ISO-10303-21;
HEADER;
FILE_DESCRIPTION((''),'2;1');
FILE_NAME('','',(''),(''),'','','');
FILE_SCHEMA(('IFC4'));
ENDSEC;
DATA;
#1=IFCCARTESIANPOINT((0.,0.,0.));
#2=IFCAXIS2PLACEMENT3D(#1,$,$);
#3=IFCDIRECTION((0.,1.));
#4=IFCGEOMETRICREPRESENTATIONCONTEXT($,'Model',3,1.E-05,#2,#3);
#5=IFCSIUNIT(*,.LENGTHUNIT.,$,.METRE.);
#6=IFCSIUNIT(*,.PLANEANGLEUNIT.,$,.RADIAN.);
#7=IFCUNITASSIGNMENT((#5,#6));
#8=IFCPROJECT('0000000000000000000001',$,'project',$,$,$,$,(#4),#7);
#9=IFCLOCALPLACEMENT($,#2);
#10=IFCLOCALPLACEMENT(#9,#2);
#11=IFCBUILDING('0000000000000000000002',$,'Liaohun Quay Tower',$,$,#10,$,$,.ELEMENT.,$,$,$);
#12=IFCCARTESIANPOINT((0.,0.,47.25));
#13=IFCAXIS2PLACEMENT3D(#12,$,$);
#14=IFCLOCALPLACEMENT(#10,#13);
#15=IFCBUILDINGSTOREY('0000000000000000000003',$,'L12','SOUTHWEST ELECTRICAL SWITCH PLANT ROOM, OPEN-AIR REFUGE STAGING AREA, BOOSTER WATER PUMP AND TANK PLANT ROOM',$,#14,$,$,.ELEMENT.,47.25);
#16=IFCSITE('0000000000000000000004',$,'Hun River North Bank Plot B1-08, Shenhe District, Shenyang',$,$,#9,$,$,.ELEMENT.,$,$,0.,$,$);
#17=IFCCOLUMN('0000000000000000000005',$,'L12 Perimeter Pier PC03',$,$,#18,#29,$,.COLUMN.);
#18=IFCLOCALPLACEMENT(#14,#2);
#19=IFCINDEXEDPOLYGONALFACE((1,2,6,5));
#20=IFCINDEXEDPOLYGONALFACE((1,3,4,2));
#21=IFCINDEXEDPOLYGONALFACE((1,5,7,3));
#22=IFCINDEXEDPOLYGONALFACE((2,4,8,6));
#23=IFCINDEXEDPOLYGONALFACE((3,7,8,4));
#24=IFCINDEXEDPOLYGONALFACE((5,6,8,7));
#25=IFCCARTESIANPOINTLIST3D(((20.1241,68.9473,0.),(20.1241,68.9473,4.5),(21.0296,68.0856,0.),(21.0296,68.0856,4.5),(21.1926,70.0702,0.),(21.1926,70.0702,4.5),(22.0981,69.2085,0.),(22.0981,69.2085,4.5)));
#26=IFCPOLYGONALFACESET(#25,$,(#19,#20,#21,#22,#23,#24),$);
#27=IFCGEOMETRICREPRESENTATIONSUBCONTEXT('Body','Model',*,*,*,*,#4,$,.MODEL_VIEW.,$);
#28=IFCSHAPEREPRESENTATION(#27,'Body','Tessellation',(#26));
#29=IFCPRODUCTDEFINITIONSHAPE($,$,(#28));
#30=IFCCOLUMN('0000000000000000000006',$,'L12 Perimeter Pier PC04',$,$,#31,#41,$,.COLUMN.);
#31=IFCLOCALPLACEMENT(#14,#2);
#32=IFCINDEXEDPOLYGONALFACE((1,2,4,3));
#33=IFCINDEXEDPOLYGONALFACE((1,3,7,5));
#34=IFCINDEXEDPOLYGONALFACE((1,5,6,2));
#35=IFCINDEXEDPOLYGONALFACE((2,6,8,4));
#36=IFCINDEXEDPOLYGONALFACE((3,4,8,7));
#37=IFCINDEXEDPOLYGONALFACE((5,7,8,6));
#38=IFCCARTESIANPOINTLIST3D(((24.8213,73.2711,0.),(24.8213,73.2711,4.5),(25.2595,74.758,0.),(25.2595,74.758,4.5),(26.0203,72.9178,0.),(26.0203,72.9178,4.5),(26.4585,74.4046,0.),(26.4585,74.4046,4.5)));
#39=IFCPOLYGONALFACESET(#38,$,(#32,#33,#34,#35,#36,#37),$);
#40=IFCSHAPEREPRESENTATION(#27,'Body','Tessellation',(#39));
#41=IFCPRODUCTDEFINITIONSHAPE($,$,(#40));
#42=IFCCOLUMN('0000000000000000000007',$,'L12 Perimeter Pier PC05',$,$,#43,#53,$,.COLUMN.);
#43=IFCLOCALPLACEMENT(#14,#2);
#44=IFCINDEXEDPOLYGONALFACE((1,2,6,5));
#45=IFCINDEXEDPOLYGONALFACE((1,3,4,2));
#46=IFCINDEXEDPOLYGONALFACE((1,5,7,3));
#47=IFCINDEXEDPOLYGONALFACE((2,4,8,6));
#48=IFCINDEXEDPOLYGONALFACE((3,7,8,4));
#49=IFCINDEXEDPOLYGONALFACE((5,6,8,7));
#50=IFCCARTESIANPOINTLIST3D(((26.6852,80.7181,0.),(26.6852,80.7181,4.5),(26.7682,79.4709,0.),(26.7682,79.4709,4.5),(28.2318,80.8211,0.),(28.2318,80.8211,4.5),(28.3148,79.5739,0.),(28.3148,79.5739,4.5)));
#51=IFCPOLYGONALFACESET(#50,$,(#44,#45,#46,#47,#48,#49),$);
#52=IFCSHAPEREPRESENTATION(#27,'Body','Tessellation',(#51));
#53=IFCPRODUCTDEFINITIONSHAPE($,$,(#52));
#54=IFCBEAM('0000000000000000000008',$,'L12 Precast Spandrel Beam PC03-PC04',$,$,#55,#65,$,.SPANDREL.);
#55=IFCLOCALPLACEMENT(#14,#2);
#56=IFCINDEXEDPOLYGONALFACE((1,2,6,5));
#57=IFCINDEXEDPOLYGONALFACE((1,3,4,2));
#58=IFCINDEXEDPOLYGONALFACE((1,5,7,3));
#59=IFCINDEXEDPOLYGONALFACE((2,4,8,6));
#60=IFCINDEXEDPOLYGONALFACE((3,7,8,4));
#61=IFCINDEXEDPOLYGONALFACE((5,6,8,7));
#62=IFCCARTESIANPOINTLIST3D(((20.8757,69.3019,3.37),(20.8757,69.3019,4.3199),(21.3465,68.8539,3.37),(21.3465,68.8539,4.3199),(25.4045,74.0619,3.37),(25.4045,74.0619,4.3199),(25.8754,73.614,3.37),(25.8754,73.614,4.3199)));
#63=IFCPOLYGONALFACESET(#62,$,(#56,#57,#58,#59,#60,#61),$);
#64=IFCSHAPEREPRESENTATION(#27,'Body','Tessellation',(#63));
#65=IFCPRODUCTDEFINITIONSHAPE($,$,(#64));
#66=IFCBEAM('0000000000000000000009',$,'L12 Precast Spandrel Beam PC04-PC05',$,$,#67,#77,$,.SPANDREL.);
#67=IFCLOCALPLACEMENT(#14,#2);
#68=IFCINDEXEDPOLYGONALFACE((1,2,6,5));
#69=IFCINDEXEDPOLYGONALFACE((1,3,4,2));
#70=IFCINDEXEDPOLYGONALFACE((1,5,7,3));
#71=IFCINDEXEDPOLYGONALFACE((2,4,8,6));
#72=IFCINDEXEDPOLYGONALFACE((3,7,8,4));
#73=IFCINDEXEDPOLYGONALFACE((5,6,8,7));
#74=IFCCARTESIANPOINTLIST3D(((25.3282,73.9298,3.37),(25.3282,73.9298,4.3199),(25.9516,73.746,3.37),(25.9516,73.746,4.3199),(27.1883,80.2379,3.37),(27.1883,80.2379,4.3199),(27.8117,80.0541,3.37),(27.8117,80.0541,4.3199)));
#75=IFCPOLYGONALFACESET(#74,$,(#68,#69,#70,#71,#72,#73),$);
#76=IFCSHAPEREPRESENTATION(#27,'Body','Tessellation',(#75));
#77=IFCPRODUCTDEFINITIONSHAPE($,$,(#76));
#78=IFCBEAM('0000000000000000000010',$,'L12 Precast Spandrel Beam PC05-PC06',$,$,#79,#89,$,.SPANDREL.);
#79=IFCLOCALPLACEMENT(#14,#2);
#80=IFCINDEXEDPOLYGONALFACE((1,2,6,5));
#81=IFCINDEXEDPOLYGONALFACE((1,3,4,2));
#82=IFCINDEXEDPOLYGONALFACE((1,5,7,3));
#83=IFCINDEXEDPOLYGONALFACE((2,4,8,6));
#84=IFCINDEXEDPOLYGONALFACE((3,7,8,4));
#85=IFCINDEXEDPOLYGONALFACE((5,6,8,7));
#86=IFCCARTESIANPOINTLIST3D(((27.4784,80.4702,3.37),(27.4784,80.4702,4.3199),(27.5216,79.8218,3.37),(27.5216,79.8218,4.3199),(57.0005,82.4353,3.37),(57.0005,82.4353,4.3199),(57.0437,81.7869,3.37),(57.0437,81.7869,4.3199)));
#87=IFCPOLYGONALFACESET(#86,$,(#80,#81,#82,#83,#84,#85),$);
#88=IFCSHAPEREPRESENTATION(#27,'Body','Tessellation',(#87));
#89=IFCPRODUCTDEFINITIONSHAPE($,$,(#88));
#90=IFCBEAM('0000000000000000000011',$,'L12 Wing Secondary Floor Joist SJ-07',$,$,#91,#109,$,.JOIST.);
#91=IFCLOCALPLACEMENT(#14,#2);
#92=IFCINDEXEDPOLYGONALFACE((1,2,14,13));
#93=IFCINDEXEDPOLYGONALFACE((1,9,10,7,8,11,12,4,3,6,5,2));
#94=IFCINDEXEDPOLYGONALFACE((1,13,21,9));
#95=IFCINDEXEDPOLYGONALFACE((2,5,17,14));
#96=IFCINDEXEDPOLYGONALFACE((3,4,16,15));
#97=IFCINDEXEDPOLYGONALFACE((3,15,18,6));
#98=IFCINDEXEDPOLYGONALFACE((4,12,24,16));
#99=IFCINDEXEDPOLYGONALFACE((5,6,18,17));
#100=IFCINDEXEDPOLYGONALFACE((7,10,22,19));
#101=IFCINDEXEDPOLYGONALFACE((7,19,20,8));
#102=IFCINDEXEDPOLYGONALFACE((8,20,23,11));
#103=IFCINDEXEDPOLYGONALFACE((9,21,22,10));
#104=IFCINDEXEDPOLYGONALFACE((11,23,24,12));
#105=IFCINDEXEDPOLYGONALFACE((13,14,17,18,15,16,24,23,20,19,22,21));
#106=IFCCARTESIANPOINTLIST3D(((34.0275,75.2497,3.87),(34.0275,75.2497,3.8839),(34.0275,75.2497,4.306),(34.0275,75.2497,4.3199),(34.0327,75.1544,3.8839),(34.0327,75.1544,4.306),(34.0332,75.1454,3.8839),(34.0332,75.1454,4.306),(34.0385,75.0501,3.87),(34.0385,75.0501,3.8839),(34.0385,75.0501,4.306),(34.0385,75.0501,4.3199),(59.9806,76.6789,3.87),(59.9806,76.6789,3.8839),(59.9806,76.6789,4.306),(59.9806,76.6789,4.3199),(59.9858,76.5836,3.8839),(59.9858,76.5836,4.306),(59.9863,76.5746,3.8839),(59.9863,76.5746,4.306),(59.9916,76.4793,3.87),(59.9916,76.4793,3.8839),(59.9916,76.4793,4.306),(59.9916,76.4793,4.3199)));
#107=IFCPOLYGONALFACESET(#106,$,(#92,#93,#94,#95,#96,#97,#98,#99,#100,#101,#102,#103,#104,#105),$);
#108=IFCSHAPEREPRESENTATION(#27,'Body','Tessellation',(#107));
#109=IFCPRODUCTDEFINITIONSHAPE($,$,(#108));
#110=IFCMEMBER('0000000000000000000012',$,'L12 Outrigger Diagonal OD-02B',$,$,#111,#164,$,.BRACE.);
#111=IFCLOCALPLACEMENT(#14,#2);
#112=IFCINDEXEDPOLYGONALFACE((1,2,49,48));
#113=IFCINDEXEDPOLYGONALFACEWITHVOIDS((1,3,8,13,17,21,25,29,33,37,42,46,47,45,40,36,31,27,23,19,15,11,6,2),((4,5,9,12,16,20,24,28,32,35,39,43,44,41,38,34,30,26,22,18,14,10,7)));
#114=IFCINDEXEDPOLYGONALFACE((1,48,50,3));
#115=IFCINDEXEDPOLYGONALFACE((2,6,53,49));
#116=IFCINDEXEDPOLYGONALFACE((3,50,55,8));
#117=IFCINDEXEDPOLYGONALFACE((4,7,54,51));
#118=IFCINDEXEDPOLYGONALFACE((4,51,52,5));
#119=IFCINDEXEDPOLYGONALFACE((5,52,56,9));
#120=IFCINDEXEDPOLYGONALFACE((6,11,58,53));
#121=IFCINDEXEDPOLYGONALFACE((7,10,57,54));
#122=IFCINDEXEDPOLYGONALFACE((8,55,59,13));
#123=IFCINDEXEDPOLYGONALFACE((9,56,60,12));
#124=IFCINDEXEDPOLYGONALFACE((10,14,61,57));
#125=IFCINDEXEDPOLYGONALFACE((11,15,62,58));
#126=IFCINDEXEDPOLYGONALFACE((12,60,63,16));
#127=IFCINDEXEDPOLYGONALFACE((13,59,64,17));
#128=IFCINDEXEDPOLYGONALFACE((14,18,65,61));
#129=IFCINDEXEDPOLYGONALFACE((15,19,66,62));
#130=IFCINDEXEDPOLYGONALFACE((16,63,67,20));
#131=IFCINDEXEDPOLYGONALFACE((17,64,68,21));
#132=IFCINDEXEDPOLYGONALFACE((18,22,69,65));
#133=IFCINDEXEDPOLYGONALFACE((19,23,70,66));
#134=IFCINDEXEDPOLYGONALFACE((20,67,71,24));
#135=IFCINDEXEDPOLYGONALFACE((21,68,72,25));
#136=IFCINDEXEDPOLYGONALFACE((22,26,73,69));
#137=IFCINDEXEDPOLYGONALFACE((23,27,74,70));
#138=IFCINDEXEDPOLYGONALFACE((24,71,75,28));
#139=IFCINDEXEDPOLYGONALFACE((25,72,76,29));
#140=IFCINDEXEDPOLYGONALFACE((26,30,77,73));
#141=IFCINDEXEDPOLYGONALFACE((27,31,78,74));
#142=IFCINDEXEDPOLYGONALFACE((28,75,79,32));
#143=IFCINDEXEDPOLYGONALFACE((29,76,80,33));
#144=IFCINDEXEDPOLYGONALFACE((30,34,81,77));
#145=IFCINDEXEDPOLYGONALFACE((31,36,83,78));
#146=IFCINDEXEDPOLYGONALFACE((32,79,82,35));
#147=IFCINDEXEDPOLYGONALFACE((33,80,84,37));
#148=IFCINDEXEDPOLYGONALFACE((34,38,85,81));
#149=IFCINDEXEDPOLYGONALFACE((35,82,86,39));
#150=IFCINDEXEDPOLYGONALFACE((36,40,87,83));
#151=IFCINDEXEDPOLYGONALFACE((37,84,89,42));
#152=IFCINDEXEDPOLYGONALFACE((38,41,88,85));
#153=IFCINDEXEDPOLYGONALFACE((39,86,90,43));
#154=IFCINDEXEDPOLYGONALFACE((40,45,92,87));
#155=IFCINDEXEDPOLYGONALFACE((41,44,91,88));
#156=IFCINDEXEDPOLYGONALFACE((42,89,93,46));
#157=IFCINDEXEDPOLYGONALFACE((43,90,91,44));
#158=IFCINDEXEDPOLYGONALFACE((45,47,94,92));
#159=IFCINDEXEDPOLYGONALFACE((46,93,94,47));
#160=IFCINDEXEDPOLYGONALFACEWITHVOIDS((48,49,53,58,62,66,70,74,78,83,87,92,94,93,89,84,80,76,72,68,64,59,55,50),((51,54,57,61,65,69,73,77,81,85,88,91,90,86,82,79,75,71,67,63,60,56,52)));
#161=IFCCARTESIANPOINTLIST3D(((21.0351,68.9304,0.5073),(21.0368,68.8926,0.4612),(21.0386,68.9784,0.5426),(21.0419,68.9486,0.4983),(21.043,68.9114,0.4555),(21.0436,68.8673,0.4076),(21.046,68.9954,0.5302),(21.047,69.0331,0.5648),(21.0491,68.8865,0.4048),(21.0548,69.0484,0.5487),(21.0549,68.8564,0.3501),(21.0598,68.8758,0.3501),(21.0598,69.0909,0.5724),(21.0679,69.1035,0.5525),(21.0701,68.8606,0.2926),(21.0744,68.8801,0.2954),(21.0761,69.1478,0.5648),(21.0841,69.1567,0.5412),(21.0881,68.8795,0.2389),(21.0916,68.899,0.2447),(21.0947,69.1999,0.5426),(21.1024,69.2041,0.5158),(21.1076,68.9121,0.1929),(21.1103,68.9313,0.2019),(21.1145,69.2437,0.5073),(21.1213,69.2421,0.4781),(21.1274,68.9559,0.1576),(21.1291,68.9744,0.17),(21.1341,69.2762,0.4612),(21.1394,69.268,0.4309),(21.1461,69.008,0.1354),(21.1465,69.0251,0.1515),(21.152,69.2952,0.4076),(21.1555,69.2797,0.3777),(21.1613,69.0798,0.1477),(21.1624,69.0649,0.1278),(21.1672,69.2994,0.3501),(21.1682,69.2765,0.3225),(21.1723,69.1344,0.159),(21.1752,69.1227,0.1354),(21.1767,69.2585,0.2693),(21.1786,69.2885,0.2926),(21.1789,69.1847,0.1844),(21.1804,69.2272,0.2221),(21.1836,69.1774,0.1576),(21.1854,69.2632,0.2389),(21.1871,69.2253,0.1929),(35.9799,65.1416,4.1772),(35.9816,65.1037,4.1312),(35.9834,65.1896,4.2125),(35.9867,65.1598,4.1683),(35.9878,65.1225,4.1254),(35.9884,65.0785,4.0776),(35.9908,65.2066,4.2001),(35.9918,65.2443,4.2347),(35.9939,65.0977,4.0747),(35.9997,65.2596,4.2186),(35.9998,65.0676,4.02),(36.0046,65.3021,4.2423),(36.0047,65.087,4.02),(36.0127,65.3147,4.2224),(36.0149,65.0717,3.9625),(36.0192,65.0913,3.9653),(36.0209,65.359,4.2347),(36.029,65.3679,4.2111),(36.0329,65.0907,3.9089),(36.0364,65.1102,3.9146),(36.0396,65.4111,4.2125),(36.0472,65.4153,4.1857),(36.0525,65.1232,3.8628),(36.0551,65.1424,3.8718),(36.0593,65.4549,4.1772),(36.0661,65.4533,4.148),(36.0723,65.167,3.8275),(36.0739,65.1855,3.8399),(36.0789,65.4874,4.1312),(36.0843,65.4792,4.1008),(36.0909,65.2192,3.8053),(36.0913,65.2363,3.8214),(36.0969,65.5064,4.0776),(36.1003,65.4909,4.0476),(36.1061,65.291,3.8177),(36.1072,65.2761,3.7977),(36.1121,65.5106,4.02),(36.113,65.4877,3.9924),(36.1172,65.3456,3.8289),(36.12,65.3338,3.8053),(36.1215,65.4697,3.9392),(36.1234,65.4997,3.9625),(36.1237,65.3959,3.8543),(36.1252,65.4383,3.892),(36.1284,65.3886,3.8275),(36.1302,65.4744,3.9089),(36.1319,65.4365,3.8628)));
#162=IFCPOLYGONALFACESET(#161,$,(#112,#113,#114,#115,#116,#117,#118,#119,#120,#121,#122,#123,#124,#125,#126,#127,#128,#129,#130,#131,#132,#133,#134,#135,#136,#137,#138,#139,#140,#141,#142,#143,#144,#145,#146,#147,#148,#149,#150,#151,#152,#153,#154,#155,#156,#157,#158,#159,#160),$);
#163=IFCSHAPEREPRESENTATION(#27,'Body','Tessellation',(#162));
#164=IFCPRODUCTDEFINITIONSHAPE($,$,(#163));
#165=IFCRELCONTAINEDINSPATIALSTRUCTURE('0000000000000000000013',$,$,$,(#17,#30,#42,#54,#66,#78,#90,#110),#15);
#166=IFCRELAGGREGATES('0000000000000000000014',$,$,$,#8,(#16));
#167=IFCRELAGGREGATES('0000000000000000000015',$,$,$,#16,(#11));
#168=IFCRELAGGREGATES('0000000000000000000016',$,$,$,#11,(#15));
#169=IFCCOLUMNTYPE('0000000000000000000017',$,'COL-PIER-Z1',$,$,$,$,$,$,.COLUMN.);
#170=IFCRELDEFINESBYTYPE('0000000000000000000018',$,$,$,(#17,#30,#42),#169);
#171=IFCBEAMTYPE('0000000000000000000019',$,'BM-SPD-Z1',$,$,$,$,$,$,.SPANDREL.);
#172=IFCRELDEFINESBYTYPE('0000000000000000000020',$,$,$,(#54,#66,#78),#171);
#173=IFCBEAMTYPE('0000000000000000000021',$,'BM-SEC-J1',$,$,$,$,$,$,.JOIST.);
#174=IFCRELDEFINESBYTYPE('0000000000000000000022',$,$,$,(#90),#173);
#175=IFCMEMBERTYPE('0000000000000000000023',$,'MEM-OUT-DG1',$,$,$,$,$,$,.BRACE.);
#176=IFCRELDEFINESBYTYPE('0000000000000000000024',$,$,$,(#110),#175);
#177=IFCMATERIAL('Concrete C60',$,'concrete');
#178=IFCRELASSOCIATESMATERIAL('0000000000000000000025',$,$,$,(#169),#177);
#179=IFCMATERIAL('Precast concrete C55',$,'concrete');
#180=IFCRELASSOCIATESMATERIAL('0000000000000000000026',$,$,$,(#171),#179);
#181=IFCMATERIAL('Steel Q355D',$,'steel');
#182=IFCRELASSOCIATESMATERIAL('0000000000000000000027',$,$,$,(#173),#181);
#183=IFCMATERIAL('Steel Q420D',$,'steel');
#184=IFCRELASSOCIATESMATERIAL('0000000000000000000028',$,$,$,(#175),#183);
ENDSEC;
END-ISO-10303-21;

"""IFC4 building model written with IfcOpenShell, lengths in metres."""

from ifc_helpers import new_model, si_unit, direction, frame, origin, origin_2d, place, context, subcontext, project, spatial, rectangle, hollow_circle, i_section, extrude, source, transform, mapped, material, material_profile, profile_set, type_object, element, save


model = new_model("IFC4")

# Units and contexts
model_context = context("Model", 3, precision=1e-05, world=origin(), true_north=direction((0.0, 1.0)))
body_context = subcontext(model_context, "Body", "Model", "MODEL_VIEW")
ifc_project = project(units=[si_unit("LENGTHUNIT", "METRE"), si_unit("PLANEANGLEUNIT", "RADIAN")], contexts=[model_context])

# Site, building, storey
site_placement = place(None, origin())
site = spatial("IfcSite", under=ifc_project, at=site_placement, Name="Hun River North Bank Plot B1-08, Shenhe District, Shenyang", CompositionType="ELEMENT", RefElevation=0.0)
building_placement = place(site_placement, origin())
building = spatial("IfcBuilding", under=site, at=building_placement, Name="Liaohun Quay Tower", CompositionType="ELEMENT")
storey_placement = place(building_placement, frame((0.0, 0.0, 47.25)))
storey = spatial("IfcBuildingStorey", under=building, at=storey_placement, Name="L12", Description="SOUTHWEST ELECTRICAL SWITCH PLANT ROOM, OPEN-AIR REFUGE STAGING AREA, BOOSTER WATER PUMP AND TANK PLANT ROOM", CompositionType="ELEMENT", Elevation=47.25)

# Columns
ifc_material_1 = material(Name="Concrete C60", Category="concrete")
ifc_material_profile_1 = material_profile(ifc_material_1, rectangle(XDim=1.55, YDim=1.25, at=origin_2d()), Name="RC1550x1250")
ifc_profile_set_1 = profile_set([ifc_material_profile_1], Name="Concrete C60")
column_type = type_object("IfcColumnType", Name="COL-PIER-Z1", PredefinedType="COLUMN", material=ifc_profile_set_1)
shared_shape_1 = source(origin(), body_context, "Body", "SweptSolid", [
    extrude(rectangle(XDim=1.55, YDim=1.25, at=origin_2d()), origin(), (0.0, 0.0, 1.0), 4.5),
])
for number, where, z_axis, x_axis, name in (
    (1, (21.1111, 69.0779, 0.0), (0.0, 0.0, 1.0), (0.689367, 0.724413, 0.0), "L12 Perimeter Pier PC03"),
    (2, (25.6399, 73.8379, 0.0), (0.0, 0.0, 1.0), (0.282676, 0.959215, 0.0), "L12 Perimeter Pier PC04"),
    (3, (27.5, 80.146, 0.0), (0.0, 0.0, 1.0), (0.99779, 0.066448, 0.0), "L12 Perimeter Pier PC05"),
):
    element("IfcColumn", number, at=place(storey_placement, frame(where, z_axis=z_axis, x_axis=x_axis)), inside=storey, type_object=column_type, Name=name, PredefinedType="COLUMN", context=body_context, shape_type="MappedRepresentation", body=[
        mapped(shared_shape_1, transform((0.0, 0.0, 0.0), x_axis=(1.0, 0.0, 0.0), y_axis=(0.0, 1.0, 0.0), z_axis=(0.0, 0.0, 1.0), scale=1.0)),
    ])

# Beams
ifc_material_2 = material(Name="Precast concrete C55", Category="concrete")
ifc_material_profile_2 = material_profile(ifc_material_2, rectangle(XDim=0.6499, YDim=0.95, at=origin_2d()), Name="RC650x950")
ifc_profile_set_2 = profile_set([ifc_material_profile_2], Name="Precast concrete C55")
beam_type_1 = type_object("IfcBeamType", Name="BM-SPD-Z1", PredefinedType="SPANDREL", material=ifc_profile_set_2)
shared_shape_2 = source(origin(), body_context, "Body", "SweptSolid", [
    extrude(rectangle(XDim=0.6499, YDim=0.95, at=origin_2d()), origin(), (0.0, 0.0, 1.0), 6.5703),
])
beam_1_placement = place(storey_placement, frame((21.1111, 69.0779, 3.845), z_axis=(0.689293, 0.724482, 0.0), x_axis=(-0.724482, 0.689293, 0.0)))
element("IfcBeam", 4, at=beam_1_placement, inside=storey, type_object=beam_type_1, Name="L12 Precast Spandrel Beam PC03-PC04", PredefinedType="SPANDREL", context=body_context, shape_type="MappedRepresentation", body=[
    mapped(shared_shape_2, transform((0.0, 0.0, 0.0), x_axis=(1.0, 0.0, 0.0), y_axis=(0.0, 1.0, 0.0), z_axis=(0.0, 0.0, 1.0), scale=1.0)),
])
shared_shape_3 = source(origin(), body_context, "Body", "SweptSolid", [
    extrude(rectangle(XDim=0.6499, YDim=0.95, at=origin_2d()), origin(), (0.0, 0.0, 1.0), 6.5767),
])
beam_2_placement = place(storey_placement, frame((25.6399, 73.8379, 3.845), z_axis=(0.282836, 0.959168, 0.0), x_axis=(-0.959168, 0.282836, 0.0)))
element("IfcBeam", 5, at=beam_2_placement, inside=storey, type_object=beam_type_1, Name="L12 Precast Spandrel Beam PC04-PC05", PredefinedType="SPANDREL", context=body_context, shape_type="MappedRepresentation", body=[
    mapped(shared_shape_3, transform((0.0, 0.0, 0.0), x_axis=(1.0, 0.0, 0.0), y_axis=(0.0, 1.0, 0.0), z_axis=(0.0, 0.0, 1.0), scale=1.0)),
])
shared_shape_4 = source(origin(), body_context, "Body", "SweptSolid", [
    extrude(rectangle(XDim=0.6499, YDim=0.95, at=origin_2d()), origin(), (0.0, 0.0, 1.0), 29.5874),
])
beam_3_placement = place(storey_placement, frame((27.5, 80.146, 3.845), z_axis=(0.997792, 0.066417, 0.0), x_axis=(-0.066417, 0.997792, 0.0)))
element("IfcBeam", 6, at=beam_3_placement, inside=storey, type_object=beam_type_1, Name="L12 Precast Spandrel Beam PC05-PC06", PredefinedType="SPANDREL", context=body_context, shape_type="MappedRepresentation", body=[
    mapped(shared_shape_4, transform((0.0, 0.0, 0.0), x_axis=(1.0, 0.0, 0.0), y_axis=(0.0, 1.0, 0.0), z_axis=(0.0, 0.0, 1.0), scale=1.0)),
])
ifc_material_3 = material(Name="Steel Q355D", Category="steel")
ifc_material_profile_3 = material_profile(ifc_material_3, i_section(OverallWidth=0.2, OverallDepth=0.45, WebThickness=0.009, FlangeThickness=0.0139, at=origin_2d()), Name="HN450x200x9x14")
ifc_profile_set_3 = profile_set([ifc_material_profile_3], Name="Steel Q355D")
beam_type_2 = type_object("IfcBeamType", Name="BM-SEC-J1", PredefinedType="JOIST", material=ifc_profile_set_3)
shared_shape_5 = source(origin(), body_context, "Body", "SweptSolid", [
    extrude(i_section(OverallWidth=0.2, OverallDepth=0.45, WebThickness=0.009, FlangeThickness=0.0139, at=origin_2d()), origin(), (0.0, 0.0, 1.0), 25.9924),
])
beam_4_placement = place(storey_placement, frame((34.033, 75.1499, 4.095), z_axis=(0.998487, 0.054985, 0.0), x_axis=(-0.054985, 0.998487, 0.0)))
element("IfcBeam", 7, at=beam_4_placement, inside=storey, type_object=beam_type_2, Name="L12 Wing Secondary Floor Joist SJ-07", PredefinedType="JOIST", context=body_context, shape_type="MappedRepresentation", body=[
    mapped(shared_shape_5, transform((0.0, 0.0, 0.0), x_axis=(1.0, 0.0, 0.0), y_axis=(0.0, 1.0, 0.0), z_axis=(0.0, 0.0, 1.0), scale=1.0)),
])

# Member
ifc_material_4 = material(Name="Steel Q420D", Category="steel")
ifc_material_profile_4 = material_profile(ifc_material_4, hollow_circle(Radius=0.2285, WallThickness=0.02, at=origin_2d()), Name="CHS457x20")
ifc_profile_set_4 = profile_set([ifc_material_profile_4], Name="Steel Q420D")
member_type_1 = type_object("IfcMemberType", Name="MEM-OUT-DG1", PredefinedType="BRACE", material=ifc_profile_set_4)
shared_shape_6 = source(origin(), body_context, "Body", "SweptSolid", [
    extrude(hollow_circle(Radius=0.2285, WallThickness=0.02, at=origin_2d()), origin(), (0.0, 0.0, 1.0), 15.8484),
])
member_1_placement = place(storey_placement, frame((36.0559, 65.2891, 4.02), z_axis=(-0.942987, 0.239067, -0.231564), x_axis=(-0.245746, -0.969334, 0.0)))
element("IfcMember", 8, at=member_1_placement, inside=storey, type_object=member_type_1, Name="L12 Outrigger Diagonal OD-02B", PredefinedType="BRACE", context=body_context, shape_type="MappedRepresentation", body=[
    mapped(shared_shape_6, transform((0.0, 0.0, 0.0), x_axis=(1.0, 0.0, 0.0), y_axis=(0.0, 1.0, 0.0), z_axis=(0.0, 0.0, 1.0), scale=1.0)),
])

save(model, "model.ifc")
